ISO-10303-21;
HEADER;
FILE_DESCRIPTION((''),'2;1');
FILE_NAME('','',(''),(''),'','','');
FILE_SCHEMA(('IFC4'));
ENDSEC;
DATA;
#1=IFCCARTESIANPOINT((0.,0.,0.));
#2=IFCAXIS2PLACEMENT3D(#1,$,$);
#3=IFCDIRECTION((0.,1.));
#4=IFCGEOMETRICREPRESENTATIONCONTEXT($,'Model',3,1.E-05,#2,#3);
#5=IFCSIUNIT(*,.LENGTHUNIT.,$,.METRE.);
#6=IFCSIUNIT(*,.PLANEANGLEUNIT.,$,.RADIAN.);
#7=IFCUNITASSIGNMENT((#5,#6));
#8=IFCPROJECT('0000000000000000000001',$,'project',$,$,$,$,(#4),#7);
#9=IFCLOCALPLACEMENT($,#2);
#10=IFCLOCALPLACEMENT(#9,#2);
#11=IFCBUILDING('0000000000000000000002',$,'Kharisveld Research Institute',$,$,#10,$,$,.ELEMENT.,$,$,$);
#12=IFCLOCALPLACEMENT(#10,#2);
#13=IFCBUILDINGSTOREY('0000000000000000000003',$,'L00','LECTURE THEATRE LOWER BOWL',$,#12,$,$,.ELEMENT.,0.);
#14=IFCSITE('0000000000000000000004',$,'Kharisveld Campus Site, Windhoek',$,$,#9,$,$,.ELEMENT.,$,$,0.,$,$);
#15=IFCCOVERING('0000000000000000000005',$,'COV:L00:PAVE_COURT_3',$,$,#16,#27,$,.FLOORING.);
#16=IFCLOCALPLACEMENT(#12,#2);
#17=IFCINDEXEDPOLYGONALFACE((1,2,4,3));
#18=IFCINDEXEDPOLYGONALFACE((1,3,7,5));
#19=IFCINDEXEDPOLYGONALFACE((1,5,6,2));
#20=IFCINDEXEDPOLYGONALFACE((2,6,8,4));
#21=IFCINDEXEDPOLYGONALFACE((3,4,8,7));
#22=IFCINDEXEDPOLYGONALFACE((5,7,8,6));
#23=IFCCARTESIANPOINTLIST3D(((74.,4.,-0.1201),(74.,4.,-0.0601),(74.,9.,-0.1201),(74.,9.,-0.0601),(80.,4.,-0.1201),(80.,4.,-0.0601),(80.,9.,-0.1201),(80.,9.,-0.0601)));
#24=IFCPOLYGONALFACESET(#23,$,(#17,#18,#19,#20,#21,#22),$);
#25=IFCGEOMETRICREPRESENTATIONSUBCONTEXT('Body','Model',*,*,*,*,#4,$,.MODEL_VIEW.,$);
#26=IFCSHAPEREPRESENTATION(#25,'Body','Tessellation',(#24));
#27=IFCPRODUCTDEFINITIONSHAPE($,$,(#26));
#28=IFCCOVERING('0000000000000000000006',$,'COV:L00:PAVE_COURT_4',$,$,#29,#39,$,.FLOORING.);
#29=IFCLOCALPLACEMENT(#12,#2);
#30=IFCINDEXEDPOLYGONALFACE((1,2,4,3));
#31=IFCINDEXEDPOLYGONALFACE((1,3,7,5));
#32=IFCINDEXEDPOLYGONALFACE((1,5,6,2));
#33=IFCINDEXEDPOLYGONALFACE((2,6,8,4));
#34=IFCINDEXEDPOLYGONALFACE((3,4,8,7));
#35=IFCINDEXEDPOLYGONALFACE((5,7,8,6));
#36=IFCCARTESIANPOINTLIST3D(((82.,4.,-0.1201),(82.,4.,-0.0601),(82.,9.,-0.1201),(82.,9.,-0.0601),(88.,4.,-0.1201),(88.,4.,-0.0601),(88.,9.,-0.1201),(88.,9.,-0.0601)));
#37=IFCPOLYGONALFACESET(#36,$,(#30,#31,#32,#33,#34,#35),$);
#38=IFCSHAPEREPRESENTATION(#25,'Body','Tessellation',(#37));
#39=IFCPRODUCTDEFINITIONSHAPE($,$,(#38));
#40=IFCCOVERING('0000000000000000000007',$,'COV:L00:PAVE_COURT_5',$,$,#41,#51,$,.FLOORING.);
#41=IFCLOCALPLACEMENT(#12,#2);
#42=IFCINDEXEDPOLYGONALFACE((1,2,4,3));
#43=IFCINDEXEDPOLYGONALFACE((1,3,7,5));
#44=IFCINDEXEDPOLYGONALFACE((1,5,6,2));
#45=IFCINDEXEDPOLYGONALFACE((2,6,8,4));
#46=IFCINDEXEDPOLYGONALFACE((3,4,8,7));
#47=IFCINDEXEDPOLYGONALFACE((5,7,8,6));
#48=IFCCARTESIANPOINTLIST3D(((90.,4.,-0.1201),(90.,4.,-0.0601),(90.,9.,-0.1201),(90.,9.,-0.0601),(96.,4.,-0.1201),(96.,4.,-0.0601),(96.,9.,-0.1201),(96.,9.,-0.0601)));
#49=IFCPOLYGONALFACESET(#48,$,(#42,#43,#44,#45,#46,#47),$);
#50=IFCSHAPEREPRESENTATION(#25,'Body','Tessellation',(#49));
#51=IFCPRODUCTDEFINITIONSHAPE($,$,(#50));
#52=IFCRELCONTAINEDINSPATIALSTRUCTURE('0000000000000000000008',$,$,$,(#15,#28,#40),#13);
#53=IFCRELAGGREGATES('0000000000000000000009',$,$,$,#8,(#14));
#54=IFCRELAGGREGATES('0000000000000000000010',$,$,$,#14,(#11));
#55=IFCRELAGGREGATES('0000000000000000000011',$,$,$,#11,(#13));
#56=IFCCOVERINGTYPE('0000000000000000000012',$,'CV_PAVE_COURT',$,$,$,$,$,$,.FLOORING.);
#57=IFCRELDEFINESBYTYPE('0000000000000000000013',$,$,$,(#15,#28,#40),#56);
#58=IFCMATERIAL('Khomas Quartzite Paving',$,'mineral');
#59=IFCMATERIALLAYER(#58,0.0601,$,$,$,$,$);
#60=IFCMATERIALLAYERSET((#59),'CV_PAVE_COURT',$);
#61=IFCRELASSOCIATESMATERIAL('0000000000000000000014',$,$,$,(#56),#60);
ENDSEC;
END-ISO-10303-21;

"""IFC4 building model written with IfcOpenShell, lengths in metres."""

from ifc_helpers import new_model, si_unit, direction, frame, origin, place, context, subcontext, project, spatial, polyline, outline, extrude, material, layer, layer_set, type_object, element, save


model = new_model("IFC4")

# Units and contexts
model_context = context("Model", 3, precision=1e-05, world=origin(), true_north=direction((0.0, 1.0)))
body_context = subcontext(model_context, "Body", "Model", "MODEL_VIEW")
ifc_project = project(units=[si_unit("LENGTHUNIT", "METRE"), si_unit("PLANEANGLEUNIT", "RADIAN")], contexts=[model_context])

# Site, building, storey
site_placement = place(None, origin())
site = spatial("IfcSite", under=ifc_project, at=site_placement, Name="Kharisveld Campus Site, Windhoek", CompositionType="ELEMENT", RefElevation=0.0)
building_placement = place(site_placement, origin())
building = spatial("IfcBuilding", under=site, at=building_placement, Name="Kharisveld Research Institute", CompositionType="ELEMENT")
storey_placement = place(building_placement, origin())
storey = spatial("IfcBuildingStorey", under=building, at=storey_placement, Name="L00", Description="LECTURE THEATRE LOWER BOWL", CompositionType="ELEMENT", Elevation=0.0)

# Coverings
ifc_material_1 = material(Name="Khomas Quartzite Paving", Category="mineral")
ifc_layer_1 = layer(ifc_material_1, 0.0601)
ifc_layer_set_1 = layer_set([ifc_layer_1], Name="CV_PAVE_COURT")
covering_type = type_object("IfcCoveringType", Name="CV_PAVE_COURT", PredefinedType="FLOORING", material=ifc_layer_set_1)
covering_1_placement = place(storey_placement, frame((0.0, 0.0, -0.1201)))
element("IfcCovering", 1, at=covering_1_placement, inside=storey, type_object=covering_type, Name="COV:L00:PAVE_COURT_3", PredefinedType="FLOORING", context=body_context, shape_type="SweptSolid", body=[
    extrude(outline(polyline([(74.0, 4.0), (80.0, 4.0), (80.0, 9.0), (74.0, 9.0), (74.0, 4.0)])), origin(), (0.0, 0.0, 1.0), 0.0601),
])
covering_2_placement = place(storey_placement, frame((0.0, 0.0, -0.1201)))
element("IfcCovering", 2, at=covering_2_placement, inside=storey, type_object=covering_type, Name="COV:L00:PAVE_COURT_4", PredefinedType="FLOORING", context=body_context, shape_type="SweptSolid", body=[
    extrude(outline(polyline([(82.0, 4.0), (88.0, 4.0), (88.0, 9.0), (82.0, 9.0), (82.0, 4.0)])), origin(), (0.0, 0.0, 1.0), 0.0601),
])
covering_3_placement = place(storey_placement, frame((0.0, 0.0, -0.1201)))
element("IfcCovering", 3, at=covering_3_placement, inside=storey, type_object=covering_type, Name="COV:L00:PAVE_COURT_5", PredefinedType="FLOORING", context=body_context, shape_type="SweptSolid", body=[
    extrude(outline(polyline([(90.0, 4.0), (96.0, 4.0), (96.0, 9.0), (90.0, 9.0), (90.0, 4.0)])), origin(), (0.0, 0.0, 1.0), 0.0601),
])

save(model, "model.ifc")
